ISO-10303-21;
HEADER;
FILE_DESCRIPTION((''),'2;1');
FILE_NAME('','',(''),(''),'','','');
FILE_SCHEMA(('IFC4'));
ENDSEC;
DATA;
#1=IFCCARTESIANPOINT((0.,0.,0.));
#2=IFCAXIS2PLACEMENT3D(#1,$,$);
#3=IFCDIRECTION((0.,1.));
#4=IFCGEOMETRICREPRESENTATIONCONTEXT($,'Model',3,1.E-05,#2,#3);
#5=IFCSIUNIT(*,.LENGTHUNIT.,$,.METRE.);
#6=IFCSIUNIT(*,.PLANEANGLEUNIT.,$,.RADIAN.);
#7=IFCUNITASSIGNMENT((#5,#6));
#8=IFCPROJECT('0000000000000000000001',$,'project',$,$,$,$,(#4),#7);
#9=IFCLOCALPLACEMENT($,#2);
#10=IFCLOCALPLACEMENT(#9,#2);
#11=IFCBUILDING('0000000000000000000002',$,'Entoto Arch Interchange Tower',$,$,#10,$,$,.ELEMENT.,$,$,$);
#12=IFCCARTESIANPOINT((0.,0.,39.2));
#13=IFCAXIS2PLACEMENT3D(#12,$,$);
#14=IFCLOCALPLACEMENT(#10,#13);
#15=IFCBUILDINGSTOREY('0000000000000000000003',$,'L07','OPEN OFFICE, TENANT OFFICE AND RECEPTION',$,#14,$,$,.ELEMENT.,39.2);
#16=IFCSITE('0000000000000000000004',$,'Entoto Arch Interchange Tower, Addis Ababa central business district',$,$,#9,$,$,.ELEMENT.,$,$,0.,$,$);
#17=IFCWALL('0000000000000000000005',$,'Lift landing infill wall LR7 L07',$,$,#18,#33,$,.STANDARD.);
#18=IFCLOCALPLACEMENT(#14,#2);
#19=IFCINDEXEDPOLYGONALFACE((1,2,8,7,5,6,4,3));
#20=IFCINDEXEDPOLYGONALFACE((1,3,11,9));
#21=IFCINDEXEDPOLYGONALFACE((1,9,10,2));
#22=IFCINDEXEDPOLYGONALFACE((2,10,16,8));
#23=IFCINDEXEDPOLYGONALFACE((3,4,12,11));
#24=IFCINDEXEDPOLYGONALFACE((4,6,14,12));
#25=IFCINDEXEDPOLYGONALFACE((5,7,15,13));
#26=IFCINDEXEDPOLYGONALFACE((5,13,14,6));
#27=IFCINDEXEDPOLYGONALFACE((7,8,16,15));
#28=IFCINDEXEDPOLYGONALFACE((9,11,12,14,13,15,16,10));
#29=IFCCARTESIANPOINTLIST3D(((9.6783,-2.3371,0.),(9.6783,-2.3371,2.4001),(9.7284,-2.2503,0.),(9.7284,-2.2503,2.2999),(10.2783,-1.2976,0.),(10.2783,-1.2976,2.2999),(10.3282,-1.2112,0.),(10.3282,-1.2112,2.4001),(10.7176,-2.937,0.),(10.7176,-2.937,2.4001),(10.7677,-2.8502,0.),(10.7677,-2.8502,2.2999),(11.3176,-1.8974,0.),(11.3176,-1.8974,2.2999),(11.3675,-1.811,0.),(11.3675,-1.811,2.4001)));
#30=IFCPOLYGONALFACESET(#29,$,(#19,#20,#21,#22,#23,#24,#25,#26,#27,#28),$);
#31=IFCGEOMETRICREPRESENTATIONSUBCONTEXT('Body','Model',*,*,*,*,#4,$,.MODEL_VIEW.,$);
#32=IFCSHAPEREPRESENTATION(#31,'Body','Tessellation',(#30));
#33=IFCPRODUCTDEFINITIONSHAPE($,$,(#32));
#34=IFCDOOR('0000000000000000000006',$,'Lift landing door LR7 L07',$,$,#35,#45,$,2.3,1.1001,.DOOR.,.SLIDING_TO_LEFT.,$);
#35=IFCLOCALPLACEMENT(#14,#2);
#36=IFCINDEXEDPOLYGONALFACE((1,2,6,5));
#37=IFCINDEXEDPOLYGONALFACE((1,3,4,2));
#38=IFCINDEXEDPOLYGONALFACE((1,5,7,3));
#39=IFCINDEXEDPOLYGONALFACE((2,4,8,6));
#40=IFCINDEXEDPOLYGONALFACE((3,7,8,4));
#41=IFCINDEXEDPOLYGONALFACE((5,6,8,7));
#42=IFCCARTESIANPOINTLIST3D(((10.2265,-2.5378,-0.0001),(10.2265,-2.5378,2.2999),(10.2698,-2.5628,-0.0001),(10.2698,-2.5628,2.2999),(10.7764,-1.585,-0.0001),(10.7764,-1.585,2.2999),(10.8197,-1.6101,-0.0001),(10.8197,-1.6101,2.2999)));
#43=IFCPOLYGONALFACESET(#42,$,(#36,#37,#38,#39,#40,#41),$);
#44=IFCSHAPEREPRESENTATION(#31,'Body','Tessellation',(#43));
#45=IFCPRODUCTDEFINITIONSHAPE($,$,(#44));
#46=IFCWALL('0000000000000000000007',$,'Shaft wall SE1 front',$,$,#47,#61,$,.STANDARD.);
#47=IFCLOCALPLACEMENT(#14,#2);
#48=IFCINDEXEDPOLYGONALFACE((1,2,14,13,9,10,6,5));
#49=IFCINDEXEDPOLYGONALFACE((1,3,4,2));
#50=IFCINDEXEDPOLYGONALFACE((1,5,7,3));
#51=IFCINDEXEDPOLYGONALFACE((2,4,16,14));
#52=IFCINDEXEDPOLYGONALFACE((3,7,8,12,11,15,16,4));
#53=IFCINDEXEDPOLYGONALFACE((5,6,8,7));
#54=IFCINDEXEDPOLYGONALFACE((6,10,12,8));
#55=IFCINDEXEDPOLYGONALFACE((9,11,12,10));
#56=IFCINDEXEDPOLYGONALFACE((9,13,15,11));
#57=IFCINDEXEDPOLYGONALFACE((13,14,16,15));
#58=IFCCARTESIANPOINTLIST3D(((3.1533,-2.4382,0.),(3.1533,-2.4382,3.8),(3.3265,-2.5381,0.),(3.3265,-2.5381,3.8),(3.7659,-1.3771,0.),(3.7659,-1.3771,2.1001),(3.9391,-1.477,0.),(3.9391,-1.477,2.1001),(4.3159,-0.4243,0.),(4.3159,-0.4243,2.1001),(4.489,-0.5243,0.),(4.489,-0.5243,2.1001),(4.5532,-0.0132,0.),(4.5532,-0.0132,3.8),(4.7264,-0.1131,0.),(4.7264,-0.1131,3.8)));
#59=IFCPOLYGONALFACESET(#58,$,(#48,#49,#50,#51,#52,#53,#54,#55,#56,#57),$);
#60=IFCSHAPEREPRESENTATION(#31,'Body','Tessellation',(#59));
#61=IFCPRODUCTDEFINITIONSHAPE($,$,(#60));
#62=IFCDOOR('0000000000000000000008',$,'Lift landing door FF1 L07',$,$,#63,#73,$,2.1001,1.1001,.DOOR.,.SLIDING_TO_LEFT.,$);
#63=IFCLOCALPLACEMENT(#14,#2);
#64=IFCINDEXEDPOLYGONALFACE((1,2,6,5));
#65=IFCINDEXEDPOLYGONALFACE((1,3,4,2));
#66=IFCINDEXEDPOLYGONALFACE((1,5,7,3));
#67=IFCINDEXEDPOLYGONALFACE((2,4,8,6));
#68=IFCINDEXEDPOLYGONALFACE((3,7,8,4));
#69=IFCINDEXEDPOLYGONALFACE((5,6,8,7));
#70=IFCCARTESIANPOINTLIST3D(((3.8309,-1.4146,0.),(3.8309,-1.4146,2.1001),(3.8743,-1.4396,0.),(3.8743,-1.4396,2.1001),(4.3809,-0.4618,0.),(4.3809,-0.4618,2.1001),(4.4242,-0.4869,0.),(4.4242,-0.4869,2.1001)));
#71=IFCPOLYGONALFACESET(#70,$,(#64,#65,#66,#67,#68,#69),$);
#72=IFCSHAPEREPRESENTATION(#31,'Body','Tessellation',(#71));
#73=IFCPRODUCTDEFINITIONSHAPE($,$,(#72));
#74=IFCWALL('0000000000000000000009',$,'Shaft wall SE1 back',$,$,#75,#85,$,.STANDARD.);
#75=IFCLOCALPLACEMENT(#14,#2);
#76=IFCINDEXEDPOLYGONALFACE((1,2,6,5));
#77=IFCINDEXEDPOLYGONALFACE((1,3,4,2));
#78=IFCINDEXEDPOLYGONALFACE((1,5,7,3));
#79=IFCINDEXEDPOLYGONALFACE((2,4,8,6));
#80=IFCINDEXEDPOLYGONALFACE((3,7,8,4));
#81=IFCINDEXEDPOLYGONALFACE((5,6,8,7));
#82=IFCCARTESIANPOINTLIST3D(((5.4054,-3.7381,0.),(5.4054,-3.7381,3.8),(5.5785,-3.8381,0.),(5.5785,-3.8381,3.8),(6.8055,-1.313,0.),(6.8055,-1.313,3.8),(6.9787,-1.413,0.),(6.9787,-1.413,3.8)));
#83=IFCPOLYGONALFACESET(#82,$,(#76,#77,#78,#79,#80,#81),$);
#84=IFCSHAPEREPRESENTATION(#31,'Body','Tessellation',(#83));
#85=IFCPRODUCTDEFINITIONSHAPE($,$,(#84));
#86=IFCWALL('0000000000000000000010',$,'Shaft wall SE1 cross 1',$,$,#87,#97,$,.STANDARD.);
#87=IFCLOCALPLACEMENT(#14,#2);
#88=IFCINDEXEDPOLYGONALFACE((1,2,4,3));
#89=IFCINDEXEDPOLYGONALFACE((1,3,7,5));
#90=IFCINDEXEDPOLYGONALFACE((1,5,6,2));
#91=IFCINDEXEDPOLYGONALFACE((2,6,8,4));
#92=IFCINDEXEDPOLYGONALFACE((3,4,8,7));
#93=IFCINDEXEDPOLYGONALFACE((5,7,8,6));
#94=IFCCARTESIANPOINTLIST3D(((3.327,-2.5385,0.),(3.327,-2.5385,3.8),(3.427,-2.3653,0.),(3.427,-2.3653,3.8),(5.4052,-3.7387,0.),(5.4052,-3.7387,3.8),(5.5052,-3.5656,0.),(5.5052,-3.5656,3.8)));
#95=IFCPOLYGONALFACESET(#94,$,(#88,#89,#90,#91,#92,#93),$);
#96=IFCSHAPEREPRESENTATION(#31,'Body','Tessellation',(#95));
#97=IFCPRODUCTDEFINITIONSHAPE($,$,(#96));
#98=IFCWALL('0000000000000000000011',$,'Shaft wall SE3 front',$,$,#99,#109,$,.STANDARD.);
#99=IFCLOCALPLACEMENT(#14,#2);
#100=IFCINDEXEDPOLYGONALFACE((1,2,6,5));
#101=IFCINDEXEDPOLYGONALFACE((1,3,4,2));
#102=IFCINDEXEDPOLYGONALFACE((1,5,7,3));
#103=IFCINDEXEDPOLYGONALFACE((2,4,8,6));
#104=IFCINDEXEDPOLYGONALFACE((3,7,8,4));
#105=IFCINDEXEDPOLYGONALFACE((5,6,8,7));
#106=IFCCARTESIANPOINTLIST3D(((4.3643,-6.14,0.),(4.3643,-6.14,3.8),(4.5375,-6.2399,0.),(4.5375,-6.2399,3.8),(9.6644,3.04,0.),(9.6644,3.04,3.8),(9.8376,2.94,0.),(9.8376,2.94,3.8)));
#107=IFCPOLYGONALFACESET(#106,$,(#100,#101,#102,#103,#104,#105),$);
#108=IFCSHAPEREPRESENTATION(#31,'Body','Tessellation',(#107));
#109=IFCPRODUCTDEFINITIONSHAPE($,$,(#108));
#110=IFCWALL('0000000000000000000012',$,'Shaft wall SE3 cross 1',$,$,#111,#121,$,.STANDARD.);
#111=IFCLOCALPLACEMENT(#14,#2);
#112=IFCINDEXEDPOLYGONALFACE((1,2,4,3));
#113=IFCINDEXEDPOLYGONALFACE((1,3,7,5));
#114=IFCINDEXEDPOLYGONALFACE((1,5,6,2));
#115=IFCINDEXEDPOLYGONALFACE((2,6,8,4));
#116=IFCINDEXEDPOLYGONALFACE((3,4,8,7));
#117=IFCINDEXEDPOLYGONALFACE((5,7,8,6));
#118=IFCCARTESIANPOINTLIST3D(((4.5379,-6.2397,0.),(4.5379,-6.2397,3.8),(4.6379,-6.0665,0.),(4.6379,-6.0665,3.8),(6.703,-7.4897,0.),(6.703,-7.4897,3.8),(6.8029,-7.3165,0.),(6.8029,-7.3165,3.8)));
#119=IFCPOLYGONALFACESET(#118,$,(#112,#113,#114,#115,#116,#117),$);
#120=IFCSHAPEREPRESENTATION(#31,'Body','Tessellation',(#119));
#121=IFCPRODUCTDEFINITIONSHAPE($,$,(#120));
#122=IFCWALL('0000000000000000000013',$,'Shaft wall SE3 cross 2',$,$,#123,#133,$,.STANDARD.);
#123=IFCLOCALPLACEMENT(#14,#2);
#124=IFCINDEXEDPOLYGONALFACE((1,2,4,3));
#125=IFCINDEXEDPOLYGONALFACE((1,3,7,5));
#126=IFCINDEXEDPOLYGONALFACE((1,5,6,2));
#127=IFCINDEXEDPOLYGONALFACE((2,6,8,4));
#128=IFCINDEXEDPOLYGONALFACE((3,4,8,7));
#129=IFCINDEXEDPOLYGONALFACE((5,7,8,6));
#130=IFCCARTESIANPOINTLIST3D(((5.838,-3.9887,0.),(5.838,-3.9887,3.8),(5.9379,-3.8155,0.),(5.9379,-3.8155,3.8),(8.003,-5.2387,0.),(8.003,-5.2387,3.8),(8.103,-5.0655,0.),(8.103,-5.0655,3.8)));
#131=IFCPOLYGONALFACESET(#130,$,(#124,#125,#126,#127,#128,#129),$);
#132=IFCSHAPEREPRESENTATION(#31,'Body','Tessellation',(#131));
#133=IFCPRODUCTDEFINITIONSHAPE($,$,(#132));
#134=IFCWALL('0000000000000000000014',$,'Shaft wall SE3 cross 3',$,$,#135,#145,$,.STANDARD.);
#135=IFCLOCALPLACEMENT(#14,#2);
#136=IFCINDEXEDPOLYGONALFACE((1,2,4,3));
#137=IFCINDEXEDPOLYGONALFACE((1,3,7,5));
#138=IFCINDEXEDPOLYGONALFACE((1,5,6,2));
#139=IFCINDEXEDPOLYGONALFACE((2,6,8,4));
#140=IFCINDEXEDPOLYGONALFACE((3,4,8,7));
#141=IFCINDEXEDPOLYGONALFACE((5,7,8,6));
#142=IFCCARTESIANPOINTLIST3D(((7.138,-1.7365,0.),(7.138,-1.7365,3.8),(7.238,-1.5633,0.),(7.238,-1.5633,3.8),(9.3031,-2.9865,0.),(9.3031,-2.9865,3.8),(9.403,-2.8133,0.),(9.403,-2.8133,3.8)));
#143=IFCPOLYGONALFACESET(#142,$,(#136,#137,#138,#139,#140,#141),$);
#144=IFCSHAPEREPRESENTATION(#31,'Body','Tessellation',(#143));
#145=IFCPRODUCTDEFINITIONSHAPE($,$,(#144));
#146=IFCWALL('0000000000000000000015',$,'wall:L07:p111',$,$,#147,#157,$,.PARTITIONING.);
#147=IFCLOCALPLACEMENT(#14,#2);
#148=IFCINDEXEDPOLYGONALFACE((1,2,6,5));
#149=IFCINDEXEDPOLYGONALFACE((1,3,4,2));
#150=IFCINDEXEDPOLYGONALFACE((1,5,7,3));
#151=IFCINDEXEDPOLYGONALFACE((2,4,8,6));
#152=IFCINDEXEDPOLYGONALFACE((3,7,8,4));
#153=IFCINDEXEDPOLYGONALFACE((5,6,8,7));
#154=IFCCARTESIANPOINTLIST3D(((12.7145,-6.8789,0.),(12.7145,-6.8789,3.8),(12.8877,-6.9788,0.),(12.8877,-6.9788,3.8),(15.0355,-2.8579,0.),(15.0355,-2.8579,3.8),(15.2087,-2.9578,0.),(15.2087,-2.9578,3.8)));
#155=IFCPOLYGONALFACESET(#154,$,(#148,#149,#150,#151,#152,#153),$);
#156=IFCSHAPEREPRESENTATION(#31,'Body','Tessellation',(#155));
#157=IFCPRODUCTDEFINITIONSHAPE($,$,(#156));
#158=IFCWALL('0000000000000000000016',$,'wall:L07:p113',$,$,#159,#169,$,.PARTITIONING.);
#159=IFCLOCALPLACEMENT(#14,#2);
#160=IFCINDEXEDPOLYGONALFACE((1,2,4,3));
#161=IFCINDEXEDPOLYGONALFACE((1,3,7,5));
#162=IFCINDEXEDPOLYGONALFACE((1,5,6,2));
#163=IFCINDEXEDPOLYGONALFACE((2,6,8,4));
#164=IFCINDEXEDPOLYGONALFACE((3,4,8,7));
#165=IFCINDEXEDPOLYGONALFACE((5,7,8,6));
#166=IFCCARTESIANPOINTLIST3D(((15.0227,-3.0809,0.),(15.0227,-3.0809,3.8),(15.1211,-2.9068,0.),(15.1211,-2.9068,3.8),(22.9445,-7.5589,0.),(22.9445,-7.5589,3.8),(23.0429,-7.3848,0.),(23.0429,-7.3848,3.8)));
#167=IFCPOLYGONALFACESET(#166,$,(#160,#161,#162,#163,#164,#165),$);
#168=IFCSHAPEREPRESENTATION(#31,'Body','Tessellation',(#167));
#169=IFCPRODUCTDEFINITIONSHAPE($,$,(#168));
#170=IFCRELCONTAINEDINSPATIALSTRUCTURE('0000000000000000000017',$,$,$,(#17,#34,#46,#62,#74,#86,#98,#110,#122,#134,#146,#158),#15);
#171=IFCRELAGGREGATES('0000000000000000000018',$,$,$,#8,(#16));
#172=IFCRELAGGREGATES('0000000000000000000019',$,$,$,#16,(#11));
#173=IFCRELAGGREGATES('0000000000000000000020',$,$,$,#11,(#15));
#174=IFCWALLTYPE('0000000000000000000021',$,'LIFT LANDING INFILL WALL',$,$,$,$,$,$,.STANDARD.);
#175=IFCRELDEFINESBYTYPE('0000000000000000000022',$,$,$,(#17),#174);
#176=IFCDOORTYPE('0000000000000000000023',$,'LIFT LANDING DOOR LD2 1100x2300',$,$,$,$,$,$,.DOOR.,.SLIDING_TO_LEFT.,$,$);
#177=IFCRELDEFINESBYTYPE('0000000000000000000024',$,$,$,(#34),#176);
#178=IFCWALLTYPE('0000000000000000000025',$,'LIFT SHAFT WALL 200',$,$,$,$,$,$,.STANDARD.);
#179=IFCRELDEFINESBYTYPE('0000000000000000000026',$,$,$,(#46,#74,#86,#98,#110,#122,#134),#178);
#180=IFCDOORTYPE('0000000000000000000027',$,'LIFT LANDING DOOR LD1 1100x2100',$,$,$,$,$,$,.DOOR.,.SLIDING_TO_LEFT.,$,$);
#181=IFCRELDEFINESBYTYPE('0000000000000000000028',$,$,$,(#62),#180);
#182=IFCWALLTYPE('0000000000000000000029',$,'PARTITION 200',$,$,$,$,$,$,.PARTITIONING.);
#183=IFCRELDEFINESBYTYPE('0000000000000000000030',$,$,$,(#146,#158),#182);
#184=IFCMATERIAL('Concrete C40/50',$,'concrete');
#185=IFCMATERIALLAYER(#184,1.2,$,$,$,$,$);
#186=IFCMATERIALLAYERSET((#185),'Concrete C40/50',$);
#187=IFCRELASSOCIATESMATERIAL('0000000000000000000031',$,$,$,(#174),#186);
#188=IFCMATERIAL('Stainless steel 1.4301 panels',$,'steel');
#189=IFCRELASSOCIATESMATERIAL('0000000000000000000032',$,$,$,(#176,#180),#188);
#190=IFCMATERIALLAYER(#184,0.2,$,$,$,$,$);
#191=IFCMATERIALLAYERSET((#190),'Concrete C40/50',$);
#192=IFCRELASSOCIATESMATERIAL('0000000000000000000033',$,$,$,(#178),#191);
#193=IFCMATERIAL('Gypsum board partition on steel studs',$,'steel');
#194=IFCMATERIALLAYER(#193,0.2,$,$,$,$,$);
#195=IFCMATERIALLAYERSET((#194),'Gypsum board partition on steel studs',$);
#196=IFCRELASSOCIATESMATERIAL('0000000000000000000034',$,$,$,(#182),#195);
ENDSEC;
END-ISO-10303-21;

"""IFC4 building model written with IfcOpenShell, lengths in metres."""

from ifc_helpers import new_model, si_unit, direction, frame, frame_2d, origin, place, context, subcontext, project, spatial, rectangle, extrude, material, layer, layer_set, type_object, element, fill, save


model = new_model("IFC4")

# Units and contexts
model_context = context("Model", 3, precision=1e-05, world=origin(), true_north=direction((0.0, 1.0)))
body_context = subcontext(model_context, "Body", "Model", "MODEL_VIEW")
ifc_project = project(units=[si_unit("LENGTHUNIT", "METRE"), si_unit("PLANEANGLEUNIT", "RADIAN")], contexts=[model_context])

# Site, building, storey
site_placement = place(None, origin())
site = spatial("IfcSite", under=ifc_project, at=site_placement, Name="Entoto Arch Interchange Tower, Addis Ababa central business district", CompositionType="ELEMENT", RefElevation=0.0)
building_placement = place(site_placement, origin())
building = spatial("IfcBuilding", under=site, at=building_placement, Name="Entoto Arch Interchange Tower", CompositionType="ELEMENT")
storey_placement = place(building_placement, frame((0.0, 0.0, 39.2)))
storey = spatial("IfcBuildingStorey", under=building, at=storey_placement, Name="L07", Description="OPEN OFFICE, TENANT OFFICE AND RECEPTION", CompositionType="ELEMENT", Elevation=39.2)

# Walls, openings, doors
ifc_material_1 = material(Name="Concrete C40/50", Category="concrete")
ifc_layer_1 = layer(ifc_material_1, 1.2)
ifc_layer_set_1 = layer_set([ifc_layer_1], Name="Concrete C40/50")
wall_type_1 = type_object("IfcWallType", Name="LIFT LANDING INFILL WALL", PredefinedType="STANDARD", material=ifc_layer_set_1)
ifc_material_2 = material(Name="Stainless steel 1.4301 panels", Category="steel")
door_type_1 = type_object("IfcDoorType", Name="LIFT LANDING DOOR LD2 1100x2300", OperationType="SLIDING_TO_LEFT", PredefinedType="DOOR", material=ifc_material_2)
wall_1_placement = place(storey_placement, frame((10.198, -2.637, 0.0), z_axis=(0.0, 0.0, 1.0), x_axis=(0.499896, 0.866086, 0.0)))
wall_1 = element("IfcWall", 1, at=wall_1_placement, inside=storey, type_object=wall_type_1, Name="Lift landing infill wall LR7 L07", PredefinedType="STANDARD", context=body_context, shape_type="SweptSolid", body=[
    extrude(rectangle(XDim=1.3, YDim=1.2, at=frame_2d((0.6499, 0.0))), origin(), (0.0, 0.0, 1.0), 2.4001),
])
opening_1_placement = place(wall_1_placement, frame((0.1001, 0.0, 0.0)))
opening_1 = element("IfcOpeningElement", 2, at=opening_1_placement, cuts=wall_1, PredefinedType="OPENING", context=body_context, shape_type="SweptSolid", body=[
    extrude(rectangle(XDim=1.1001, YDim=2.3, at=frame_2d((0.55, 1.1499))), frame((0.0, 0.6099, 0.0), z_axis=(0.0, -1.0, 0.0), x_axis=(1.0, 0.0, 0.0)), (0.0, 0.0, 1.0), 1.22),
])
door_1_placement = place(opening_1_placement, origin())
door_1 = element("IfcDoor", 3, at=door_1_placement, inside=storey, type_object=door_type_1, Name="Lift landing door LR7 L07", OperationType="SLIDING_TO_LEFT", OverallHeight=2.3, OverallWidth=1.1001, PredefinedType="DOOR", context=body_context, shape_type="SweptSolid", body=[
    extrude(rectangle(XDim=1.1001, YDim=2.3, at=frame_2d((0.55, 1.1499))), frame((0.0, 0.0249, 0.0), z_axis=(0.0, -1.0, 0.0), x_axis=(1.0, 0.0, 0.0)), (0.0, 0.0, 1.0), 0.05),
])
fill(opening_1, door_1)
ifc_layer_2 = layer(ifc_material_1, 0.2)
ifc_layer_set_2 = layer_set([ifc_layer_2], Name="Concrete C40/50")
wall_type_2 = type_object("IfcWallType", Name="LIFT SHAFT WALL 200", PredefinedType="STANDARD", material=ifc_layer_set_2)
wall_2_placement = place(storey_placement, frame((3.24, -2.488, 0.0), z_axis=(0.0, 0.0, 1.0), x_axis=(0.499946, 0.866056, 0.0)))
wall_2 = element("IfcWall", 4, at=wall_2_placement, inside=storey, type_object=wall_type_2, Name="Shaft wall SE1 front", PredefinedType="STANDARD", context=body_context, shape_type="SweptSolid", body=[
    extrude(rectangle(XDim=2.8, YDim=0.2, at=frame_2d((1.3999, 0.0))), origin(), (0.0, 0.0, 1.0), 3.8),
])
opening_2_placement = place(wall_2_placement, frame((1.2251, 0.0, 0.0)))
opening_2 = element("IfcOpeningElement", 5, at=opening_2_placement, cuts=wall_2, PredefinedType="OPENING", context=body_context, shape_type="SweptSolid", body=[
    extrude(rectangle(XDim=1.1001, YDim=2.1001, at=frame_2d((0.55, 1.05))), frame((0.0, 0.1099, 0.0), z_axis=(0.0, -1.0, 0.0), x_axis=(1.0, 0.0, 0.0)), (0.0, 0.0, 1.0), 0.22),
])
door_type_2 = type_object("IfcDoorType", Name="LIFT LANDING DOOR LD1 1100x2100", OperationType="SLIDING_TO_LEFT", PredefinedType="DOOR", material=ifc_material_2)
door_2_placement = place(opening_2_placement, origin())
door_2 = element("IfcDoor", 6, at=door_2_placement, inside=storey, type_object=door_type_2, Name="Lift landing door FF1 L07", OperationType="SLIDING_TO_LEFT", OverallHeight=2.1001, OverallWidth=1.1001, PredefinedType="DOOR", context=body_context, shape_type="SweptSolid", body=[
    extrude(rectangle(XDim=1.1001, YDim=2.1001, at=frame_2d((0.55, 1.05))), frame((0.0, 0.0249, 0.0), z_axis=(0.0, -1.0, 0.0), x_axis=(1.0, 0.0, 0.0)), (0.0, 0.0, 1.0), 0.05),
])
fill(opening_2, door_2)

# Walls
wall_3_placement = place(storey_placement, frame((5.4919, -3.7881, 0.0), z_axis=(0.0, 0.0, 1.0), x_axis=(0.500012, 0.866019, 0.0)))
element("IfcWall", 7, at=wall_3_placement, inside=storey, type_object=wall_type_2, Name="Shaft wall SE1 back", PredefinedType="STANDARD", context=body_context, shape_type="SweptSolid", body=[
    extrude(rectangle(XDim=2.8003, YDim=0.2, at=frame_2d((1.4001, 0.0))), origin(), (0.0, 0.0, 1.0), 3.8),
])
wall_4_placement = place(storey_placement, frame((3.377, -2.4519, 0.0), z_axis=(0.0, 0.0, 1.0), x_axis=(0.865955, -0.500122, 0.0)))
element("IfcWall", 8, at=wall_4_placement, inside=storey, type_object=wall_type_2, Name="Shaft wall SE1 cross 1", PredefinedType="STANDARD", context=body_context, shape_type="SweptSolid", body=[
    extrude(rectangle(XDim=2.3999, YDim=0.2, at=frame_2d((1.2, 0.0))), origin(), (0.0, 0.0, 1.0), 3.8),
])
wall_5_placement = place(storey_placement, frame((4.4509, -6.1899, 0.0), z_axis=(0.0, 0.0, 1.0), x_axis=(0.500001, 0.866025, 0.0)))
element("IfcWall", 9, at=wall_5_placement, inside=storey, type_object=wall_type_2, Name="Shaft wall SE3 front", PredefinedType="STANDARD", context=body_context, shape_type="SweptSolid", body=[
    extrude(rectangle(XDim=10.6001, YDim=0.2, at=frame_2d((5.3, 0.0))), origin(), (0.0, 0.0, 1.0), 3.8),
])
for number, where, z_axis, x_axis, name in (
    (10, (4.5879, -6.1531, 0.0), (0.0, 0.0, 1.0), (0.866023, -0.500004, 0.0), "Shaft wall SE3 cross 1"),
    (11, (5.8879, -3.9021, 0.0), (0.0, 0.0, 1.0), (0.866023, -0.500004, 0.0), "Shaft wall SE3 cross 2"),
    (12, (7.188, -1.6499, 0.0), (0.0, 0.0, 1.0), (0.866023, -0.500004, 0.0), "Shaft wall SE3 cross 3"),
):
    element("IfcWall", number, at=place(storey_placement, frame(where, z_axis=z_axis, x_axis=x_axis)), inside=storey, type_object=wall_type_2, Name=name, PredefinedType="STANDARD", context=body_context, shape_type="SweptSolid", body=[
        extrude(rectangle(XDim=2.5, YDim=0.2, at=frame_2d((1.25, 0.0))), origin(), (0.0, 0.0, 1.0), 3.8),
    ])
ifc_material_3 = material(Name="Gypsum board partition on steel studs", Category="steel")
ifc_layer_3 = layer(ifc_material_3, 0.2)
ifc_layer_set_3 = layer_set([ifc_layer_3], Name="Gypsum board partition on steel studs")
wall_type_3 = type_object("IfcWallType", Name="PARTITION 200", PredefinedType="PARTITIONING", material=ifc_layer_set_3)
wall_6_placement = place(storey_placement, frame((15.1221, -2.908, 0.0), z_axis=(0.0, 0.0, 1.0), x_axis=(-0.499923, -0.86607, 0.0)))
element("IfcWall", 13, at=wall_6_placement, inside=storey, type_object=wall_type_3, Name="wall:L07:p111", PredefinedType="PARTITIONING", context=body_context, shape_type="SweptSolid", body=[
    extrude(rectangle(XDim=4.6428, YDim=0.2, at=frame_2d((2.3213, 0.0))), origin(), (0.0, 0.0, 1.0), 3.8),
])
wall_7_placement = place(storey_placement, frame((15.072, -2.9939, 0.0), z_axis=(0.0, 0.0, 1.0), x_axis=(0.870542, -0.492094, 0.0)))
element("IfcWall", 14, at=wall_7_placement, inside=storey, type_object=wall_type_3, Name="wall:L07:p113", PredefinedType="PARTITIONING", context=body_context, shape_type="SweptSolid", body=[
    extrude(rectangle(XDim=9.0999, YDim=0.2, at=frame_2d((4.5498, 0.0))), origin(), (0.0, 0.0, 1.0), 3.8),
])

save(model, "model.ifc")
